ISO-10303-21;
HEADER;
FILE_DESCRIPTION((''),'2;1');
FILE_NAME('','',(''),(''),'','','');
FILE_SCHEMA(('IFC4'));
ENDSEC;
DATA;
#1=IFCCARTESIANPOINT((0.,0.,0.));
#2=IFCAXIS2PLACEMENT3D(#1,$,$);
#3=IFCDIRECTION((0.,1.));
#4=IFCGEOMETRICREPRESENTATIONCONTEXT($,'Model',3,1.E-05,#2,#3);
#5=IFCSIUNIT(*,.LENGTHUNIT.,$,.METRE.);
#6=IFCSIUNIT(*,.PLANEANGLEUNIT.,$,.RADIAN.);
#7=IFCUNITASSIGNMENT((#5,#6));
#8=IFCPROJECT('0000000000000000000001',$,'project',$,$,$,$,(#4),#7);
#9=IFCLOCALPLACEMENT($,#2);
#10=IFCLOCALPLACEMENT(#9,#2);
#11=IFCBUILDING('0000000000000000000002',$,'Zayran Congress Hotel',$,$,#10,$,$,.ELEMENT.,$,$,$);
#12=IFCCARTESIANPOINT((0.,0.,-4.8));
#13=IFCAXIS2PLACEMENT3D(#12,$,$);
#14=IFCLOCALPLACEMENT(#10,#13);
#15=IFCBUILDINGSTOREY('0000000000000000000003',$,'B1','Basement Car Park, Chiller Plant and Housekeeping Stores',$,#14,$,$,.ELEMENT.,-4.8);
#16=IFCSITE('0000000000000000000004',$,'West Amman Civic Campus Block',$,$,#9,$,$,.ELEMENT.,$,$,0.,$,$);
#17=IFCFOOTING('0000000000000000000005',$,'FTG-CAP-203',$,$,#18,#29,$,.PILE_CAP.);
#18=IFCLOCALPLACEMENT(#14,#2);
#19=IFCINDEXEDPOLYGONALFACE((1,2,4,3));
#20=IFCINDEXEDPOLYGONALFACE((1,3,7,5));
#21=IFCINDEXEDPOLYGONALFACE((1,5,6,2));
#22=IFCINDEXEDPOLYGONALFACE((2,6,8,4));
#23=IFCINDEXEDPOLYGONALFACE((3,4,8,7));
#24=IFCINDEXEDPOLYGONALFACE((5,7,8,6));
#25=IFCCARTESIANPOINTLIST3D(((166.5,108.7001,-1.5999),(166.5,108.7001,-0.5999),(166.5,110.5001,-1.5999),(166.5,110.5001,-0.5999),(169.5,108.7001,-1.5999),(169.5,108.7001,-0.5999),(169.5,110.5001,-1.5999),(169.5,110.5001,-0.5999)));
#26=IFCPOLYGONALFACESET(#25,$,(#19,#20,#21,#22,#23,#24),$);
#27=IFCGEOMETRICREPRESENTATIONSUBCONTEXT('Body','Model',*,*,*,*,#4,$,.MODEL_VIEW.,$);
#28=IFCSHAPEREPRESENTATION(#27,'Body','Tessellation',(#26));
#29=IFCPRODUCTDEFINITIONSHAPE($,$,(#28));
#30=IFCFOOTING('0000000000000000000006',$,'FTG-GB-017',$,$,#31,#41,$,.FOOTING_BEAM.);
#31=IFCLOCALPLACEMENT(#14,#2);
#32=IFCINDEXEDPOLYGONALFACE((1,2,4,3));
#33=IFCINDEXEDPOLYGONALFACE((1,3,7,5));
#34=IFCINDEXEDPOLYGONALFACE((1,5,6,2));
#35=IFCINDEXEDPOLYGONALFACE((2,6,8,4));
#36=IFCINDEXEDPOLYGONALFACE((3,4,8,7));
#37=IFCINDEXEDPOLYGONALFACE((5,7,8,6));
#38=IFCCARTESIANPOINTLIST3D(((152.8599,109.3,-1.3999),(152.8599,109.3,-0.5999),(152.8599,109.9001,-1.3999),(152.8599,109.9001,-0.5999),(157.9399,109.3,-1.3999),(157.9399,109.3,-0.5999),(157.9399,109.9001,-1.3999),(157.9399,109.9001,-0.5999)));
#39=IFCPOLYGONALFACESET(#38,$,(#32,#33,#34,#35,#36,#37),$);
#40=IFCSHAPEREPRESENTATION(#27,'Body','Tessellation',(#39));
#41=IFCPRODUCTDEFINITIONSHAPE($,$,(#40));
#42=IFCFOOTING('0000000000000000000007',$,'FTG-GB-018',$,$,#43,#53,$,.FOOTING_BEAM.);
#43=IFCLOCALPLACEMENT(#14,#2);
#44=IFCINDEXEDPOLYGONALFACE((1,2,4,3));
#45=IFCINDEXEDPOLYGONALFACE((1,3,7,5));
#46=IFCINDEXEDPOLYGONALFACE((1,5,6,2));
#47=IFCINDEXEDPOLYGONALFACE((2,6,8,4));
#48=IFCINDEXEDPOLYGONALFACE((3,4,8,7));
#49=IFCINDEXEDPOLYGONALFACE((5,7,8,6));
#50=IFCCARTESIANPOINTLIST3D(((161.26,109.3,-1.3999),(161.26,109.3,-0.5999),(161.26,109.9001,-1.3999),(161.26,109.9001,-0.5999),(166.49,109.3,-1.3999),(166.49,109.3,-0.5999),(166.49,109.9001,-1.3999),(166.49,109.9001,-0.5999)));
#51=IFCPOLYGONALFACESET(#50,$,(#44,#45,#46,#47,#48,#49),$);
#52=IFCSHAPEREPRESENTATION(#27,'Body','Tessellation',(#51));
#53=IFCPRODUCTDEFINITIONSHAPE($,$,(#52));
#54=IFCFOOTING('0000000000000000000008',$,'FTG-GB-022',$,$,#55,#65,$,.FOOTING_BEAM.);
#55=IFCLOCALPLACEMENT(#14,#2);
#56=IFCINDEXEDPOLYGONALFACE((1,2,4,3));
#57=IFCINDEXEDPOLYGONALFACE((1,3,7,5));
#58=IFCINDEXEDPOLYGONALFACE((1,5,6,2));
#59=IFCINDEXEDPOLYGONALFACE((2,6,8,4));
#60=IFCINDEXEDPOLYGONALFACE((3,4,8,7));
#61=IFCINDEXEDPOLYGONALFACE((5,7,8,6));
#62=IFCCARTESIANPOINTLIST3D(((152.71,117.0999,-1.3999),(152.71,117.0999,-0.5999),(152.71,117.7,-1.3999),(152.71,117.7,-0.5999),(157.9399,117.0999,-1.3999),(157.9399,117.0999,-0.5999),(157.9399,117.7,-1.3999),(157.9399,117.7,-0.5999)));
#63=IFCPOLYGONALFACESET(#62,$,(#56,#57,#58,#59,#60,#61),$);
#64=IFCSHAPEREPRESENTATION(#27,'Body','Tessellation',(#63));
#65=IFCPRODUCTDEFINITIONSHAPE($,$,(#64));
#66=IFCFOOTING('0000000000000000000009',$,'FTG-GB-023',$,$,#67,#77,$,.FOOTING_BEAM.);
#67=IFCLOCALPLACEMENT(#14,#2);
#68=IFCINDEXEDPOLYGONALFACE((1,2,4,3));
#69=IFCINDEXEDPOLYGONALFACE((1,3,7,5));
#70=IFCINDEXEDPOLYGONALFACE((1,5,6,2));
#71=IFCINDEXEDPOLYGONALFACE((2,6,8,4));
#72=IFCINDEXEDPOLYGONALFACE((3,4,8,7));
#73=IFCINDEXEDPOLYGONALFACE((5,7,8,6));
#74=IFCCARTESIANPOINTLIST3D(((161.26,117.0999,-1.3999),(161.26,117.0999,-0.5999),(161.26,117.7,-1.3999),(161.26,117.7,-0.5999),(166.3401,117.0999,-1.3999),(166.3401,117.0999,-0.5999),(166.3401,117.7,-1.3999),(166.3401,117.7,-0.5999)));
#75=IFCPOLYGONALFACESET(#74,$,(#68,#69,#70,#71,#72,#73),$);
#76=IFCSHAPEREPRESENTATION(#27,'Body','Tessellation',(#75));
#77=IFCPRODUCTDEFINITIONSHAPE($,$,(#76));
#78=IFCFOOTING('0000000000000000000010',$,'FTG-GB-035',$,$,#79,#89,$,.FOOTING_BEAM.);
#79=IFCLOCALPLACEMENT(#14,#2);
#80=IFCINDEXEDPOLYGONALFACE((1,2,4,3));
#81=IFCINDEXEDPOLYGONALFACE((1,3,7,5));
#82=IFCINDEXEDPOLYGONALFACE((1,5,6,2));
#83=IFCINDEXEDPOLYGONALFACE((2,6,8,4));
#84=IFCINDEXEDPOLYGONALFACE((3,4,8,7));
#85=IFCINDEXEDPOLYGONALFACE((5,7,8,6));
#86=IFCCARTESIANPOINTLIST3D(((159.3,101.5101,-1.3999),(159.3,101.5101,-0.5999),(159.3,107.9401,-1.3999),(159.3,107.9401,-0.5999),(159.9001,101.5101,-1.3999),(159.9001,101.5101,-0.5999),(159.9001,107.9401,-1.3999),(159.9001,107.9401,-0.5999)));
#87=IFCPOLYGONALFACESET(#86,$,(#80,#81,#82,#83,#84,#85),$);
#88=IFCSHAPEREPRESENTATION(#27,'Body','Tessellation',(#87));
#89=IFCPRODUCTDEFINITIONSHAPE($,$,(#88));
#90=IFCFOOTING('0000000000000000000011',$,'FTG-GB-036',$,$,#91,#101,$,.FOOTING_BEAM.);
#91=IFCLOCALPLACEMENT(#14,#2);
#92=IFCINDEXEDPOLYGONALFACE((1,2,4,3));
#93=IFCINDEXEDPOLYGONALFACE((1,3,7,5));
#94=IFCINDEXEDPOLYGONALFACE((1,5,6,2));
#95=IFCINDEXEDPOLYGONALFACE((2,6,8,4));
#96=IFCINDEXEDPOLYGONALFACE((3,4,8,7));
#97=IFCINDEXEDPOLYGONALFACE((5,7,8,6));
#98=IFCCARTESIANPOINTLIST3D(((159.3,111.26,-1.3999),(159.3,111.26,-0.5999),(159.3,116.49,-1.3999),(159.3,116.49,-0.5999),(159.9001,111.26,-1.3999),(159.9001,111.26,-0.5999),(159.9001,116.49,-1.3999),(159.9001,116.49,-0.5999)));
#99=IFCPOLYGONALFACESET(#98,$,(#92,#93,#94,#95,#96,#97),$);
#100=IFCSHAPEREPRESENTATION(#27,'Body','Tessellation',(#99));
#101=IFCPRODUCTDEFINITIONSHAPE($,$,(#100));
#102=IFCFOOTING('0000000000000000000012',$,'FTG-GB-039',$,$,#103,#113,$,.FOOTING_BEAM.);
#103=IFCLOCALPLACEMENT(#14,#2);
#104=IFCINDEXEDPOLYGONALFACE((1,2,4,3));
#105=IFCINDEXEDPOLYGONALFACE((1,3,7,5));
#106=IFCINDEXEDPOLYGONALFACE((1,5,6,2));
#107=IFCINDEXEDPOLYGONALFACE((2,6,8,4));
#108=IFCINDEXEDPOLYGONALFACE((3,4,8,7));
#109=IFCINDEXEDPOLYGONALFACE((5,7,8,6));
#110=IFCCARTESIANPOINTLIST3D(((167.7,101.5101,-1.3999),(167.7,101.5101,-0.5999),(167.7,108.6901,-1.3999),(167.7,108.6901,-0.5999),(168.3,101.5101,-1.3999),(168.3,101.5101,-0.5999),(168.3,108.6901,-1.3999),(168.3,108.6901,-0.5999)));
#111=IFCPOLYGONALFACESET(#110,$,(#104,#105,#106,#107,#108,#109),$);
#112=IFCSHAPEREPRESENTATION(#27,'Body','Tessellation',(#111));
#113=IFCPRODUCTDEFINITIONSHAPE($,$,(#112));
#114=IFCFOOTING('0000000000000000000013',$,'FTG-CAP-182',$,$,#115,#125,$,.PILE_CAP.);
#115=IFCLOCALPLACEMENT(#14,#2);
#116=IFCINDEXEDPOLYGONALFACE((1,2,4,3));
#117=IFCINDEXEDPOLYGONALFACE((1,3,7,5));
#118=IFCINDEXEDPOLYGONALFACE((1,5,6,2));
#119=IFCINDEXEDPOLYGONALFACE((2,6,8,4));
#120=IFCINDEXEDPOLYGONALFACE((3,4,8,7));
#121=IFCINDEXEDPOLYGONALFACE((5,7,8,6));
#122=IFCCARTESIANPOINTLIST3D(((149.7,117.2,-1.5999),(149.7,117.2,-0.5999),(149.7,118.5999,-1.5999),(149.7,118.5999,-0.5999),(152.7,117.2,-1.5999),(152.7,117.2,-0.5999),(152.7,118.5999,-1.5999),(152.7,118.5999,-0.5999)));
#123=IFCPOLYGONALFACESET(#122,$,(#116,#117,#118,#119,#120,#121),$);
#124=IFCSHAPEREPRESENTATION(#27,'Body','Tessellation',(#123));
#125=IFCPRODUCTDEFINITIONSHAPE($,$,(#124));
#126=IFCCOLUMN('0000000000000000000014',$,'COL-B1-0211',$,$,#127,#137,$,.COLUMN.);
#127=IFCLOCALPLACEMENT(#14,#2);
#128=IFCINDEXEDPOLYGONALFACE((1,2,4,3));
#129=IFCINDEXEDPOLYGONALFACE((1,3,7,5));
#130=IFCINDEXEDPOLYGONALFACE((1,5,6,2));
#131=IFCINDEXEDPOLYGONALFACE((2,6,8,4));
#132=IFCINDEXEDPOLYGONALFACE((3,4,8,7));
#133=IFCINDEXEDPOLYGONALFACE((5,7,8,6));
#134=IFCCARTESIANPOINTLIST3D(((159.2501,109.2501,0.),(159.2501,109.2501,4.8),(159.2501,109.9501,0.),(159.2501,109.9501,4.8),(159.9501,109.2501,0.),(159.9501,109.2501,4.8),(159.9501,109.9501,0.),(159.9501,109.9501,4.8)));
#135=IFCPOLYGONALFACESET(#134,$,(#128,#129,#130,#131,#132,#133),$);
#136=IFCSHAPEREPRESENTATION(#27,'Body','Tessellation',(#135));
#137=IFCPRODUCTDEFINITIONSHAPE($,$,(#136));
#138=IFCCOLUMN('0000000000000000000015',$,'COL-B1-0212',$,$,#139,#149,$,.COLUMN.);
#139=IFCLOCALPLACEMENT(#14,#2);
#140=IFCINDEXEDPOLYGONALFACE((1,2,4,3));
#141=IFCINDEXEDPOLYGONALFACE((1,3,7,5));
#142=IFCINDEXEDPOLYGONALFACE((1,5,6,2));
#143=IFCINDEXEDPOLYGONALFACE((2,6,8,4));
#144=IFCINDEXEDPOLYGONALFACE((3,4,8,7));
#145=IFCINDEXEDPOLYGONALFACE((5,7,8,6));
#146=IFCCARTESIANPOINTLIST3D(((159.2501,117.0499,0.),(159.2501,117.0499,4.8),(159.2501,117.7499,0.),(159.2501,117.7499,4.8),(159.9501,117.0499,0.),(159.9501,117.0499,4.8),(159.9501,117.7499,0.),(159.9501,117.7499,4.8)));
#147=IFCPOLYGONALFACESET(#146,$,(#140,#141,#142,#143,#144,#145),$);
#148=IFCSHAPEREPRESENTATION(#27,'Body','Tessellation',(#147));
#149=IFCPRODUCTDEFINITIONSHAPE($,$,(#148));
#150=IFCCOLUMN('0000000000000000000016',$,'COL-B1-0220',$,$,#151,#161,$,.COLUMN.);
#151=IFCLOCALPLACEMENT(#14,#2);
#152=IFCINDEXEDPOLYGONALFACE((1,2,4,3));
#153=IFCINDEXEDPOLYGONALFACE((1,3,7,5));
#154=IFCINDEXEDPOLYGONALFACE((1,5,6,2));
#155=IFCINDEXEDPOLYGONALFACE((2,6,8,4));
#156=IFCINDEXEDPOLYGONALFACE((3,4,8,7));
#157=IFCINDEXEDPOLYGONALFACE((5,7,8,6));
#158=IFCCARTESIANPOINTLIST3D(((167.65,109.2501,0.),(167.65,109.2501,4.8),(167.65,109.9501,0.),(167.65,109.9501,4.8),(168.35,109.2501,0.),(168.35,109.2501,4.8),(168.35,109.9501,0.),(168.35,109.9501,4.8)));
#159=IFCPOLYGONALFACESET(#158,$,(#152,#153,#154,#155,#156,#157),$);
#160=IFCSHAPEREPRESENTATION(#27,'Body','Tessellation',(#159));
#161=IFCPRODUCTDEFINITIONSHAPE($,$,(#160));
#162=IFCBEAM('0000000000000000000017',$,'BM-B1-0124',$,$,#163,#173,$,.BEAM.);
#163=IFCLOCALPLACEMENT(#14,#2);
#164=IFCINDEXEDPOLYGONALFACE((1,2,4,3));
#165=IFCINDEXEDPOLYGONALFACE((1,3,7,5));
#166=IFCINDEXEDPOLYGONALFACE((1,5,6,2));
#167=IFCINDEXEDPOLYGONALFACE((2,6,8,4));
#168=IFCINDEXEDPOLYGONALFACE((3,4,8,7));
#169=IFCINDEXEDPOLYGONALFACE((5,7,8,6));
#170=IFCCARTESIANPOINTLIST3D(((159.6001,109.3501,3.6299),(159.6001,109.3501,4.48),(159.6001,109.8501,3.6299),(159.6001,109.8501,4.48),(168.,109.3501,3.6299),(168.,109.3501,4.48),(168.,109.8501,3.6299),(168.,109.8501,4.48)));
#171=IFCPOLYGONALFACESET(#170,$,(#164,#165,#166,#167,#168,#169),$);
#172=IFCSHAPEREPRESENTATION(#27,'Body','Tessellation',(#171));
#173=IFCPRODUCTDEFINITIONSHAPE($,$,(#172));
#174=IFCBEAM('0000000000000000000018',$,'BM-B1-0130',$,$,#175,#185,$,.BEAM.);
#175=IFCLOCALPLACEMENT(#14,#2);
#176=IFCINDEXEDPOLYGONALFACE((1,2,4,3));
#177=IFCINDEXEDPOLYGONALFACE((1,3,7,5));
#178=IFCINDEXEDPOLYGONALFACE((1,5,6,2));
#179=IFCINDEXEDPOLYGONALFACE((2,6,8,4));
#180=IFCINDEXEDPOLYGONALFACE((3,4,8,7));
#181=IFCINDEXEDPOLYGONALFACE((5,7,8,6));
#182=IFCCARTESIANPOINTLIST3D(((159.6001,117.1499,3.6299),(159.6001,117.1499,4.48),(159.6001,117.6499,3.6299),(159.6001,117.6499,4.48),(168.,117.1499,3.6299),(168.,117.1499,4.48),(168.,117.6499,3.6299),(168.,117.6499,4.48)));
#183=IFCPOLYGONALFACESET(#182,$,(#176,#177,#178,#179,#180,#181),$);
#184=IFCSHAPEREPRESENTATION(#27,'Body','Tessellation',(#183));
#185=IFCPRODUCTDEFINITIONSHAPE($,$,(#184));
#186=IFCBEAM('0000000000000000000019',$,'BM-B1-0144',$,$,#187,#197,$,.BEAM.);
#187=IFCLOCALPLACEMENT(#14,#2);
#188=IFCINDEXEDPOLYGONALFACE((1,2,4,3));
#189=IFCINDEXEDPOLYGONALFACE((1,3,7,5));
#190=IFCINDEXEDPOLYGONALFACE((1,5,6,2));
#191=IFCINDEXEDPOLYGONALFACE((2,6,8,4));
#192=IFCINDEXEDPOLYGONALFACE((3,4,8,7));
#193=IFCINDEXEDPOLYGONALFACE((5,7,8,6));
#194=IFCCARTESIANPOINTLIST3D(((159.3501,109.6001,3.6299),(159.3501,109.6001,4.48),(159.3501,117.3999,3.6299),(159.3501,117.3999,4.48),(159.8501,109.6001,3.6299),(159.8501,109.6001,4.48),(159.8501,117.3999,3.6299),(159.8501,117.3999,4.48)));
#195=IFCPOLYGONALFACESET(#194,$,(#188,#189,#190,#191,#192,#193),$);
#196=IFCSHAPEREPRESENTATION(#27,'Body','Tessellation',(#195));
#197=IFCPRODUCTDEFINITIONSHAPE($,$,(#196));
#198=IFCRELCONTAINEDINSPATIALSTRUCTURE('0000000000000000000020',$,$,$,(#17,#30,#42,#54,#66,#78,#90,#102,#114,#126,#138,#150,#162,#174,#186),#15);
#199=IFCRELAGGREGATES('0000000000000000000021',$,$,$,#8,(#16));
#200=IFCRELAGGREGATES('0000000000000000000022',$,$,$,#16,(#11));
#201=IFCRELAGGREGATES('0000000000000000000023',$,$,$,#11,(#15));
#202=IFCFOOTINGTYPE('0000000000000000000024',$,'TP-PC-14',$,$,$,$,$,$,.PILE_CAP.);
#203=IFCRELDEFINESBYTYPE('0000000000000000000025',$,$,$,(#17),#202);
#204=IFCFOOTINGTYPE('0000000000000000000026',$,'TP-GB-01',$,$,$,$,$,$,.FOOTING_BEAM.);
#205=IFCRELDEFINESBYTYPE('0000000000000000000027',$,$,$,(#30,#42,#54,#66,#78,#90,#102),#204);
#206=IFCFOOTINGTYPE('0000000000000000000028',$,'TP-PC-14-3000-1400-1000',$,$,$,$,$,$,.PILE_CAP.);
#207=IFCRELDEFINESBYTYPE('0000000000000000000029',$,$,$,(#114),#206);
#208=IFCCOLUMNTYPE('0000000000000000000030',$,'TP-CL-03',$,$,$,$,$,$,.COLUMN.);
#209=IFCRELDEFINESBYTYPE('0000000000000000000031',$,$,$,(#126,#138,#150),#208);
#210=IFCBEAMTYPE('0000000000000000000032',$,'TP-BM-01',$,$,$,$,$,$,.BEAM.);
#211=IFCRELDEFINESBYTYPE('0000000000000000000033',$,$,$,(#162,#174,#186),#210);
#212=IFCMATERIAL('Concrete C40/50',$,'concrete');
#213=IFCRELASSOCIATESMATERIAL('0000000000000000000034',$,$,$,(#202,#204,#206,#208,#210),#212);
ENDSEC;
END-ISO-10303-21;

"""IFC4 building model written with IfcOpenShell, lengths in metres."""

from ifc_helpers import new_model, si_unit, direction, frame, origin, origin_2d, place, context, subcontext, project, spatial, rectangle, extrude, material, material_profile, profile_set, type_object, element, save


model = new_model("IFC4")

# Units and contexts
model_context = context("Model", 3, precision=1e-05, world=origin(), true_north=direction((0.0, 1.0)))
body_context = subcontext(model_context, "Body", "Model", "MODEL_VIEW")
ifc_project = project(units=[si_unit("LENGTHUNIT", "METRE"), si_unit("PLANEANGLEUNIT", "RADIAN")], contexts=[model_context])

# Site, building, storey
site_placement = place(None, origin())
site = spatial("IfcSite", under=ifc_project, at=site_placement, Name="West Amman Civic Campus Block", CompositionType="ELEMENT", RefElevation=0.0)
building_placement = place(site_placement, origin())
building = spatial("IfcBuilding", under=site, at=building_placement, Name="Zayran Congress Hotel", CompositionType="ELEMENT")
storey_placement = place(building_placement, frame((0.0, 0.0, -4.8)))
storey = spatial("IfcBuildingStorey", under=building, at=storey_placement, Name="B1", Description="Basement Car Park, Chiller Plant and Housekeeping Stores", CompositionType="ELEMENT", Elevation=-4.8)

# Shared definitions
ifc_material_1 = material(Name="Concrete C40/50", Category="concrete")

# Footings
footing_type_1 = type_object("IfcFootingType", Name="TP-PC-14", PredefinedType="PILE_CAP", material=ifc_material_1)
footing_1_placement = place(storey_placement, frame((168.0, 109.6001, -1.5999), z_axis=(0.0, 0.0, 1.0), x_axis=(1.0, 0.0, 0.0)))
element("IfcFooting", 1, at=footing_1_placement, inside=storey, type_object=footing_type_1, Name="FTG-CAP-203", PredefinedType="PILE_CAP", context=body_context, shape_type="SweptSolid", body=[
    extrude(rectangle(XDim=3.0, YDim=1.8, at=origin_2d()), origin(), (0.0, 0.0, 1.0), 1.0),
])
footing_type_2 = type_object("IfcFootingType", Name="TP-GB-01", PredefinedType="FOOTING_BEAM", material=ifc_material_1)
footing_2_placement = place(storey_placement, frame((155.3999, 109.6001, -1.3999), z_axis=(0.0, 0.0, 1.0), x_axis=(1.0, 0.0, 0.0)))
element("IfcFooting", 2, at=footing_2_placement, inside=storey, type_object=footing_type_2, Name="FTG-GB-017", PredefinedType="FOOTING_BEAM", context=body_context, shape_type="SweptSolid", body=[
    extrude(rectangle(XDim=5.0801, YDim=0.6001, at=origin_2d()), origin(), (0.0, 0.0, 1.0), 0.8),
])
for number, where, z_axis, x_axis, name in (
    (3, (163.875, 109.6001, -1.3999), (0.0, 0.0, 1.0), (1.0, 0.0, 0.0), "FTG-GB-018"),
    (4, (155.325, 117.3999, -1.3999), (0.0, 0.0, 1.0), (1.0, 0.0, 0.0), "FTG-GB-022"),
):
    element("IfcFooting", number, at=place(storey_placement, frame(where, z_axis=z_axis, x_axis=x_axis)), inside=storey, type_object=footing_type_2, Name=name, PredefinedType="FOOTING_BEAM", context=body_context, shape_type="SweptSolid", body=[
        extrude(rectangle(XDim=5.23, YDim=0.6001, at=origin_2d()), origin(), (0.0, 0.0, 1.0), 0.8),
    ])
footing_3_placement = place(storey_placement, frame((163.8, 117.3999, -1.3999), z_axis=(0.0, 0.0, 1.0), x_axis=(1.0, 0.0, 0.0)))
element("IfcFooting", 5, at=footing_3_placement, inside=storey, type_object=footing_type_2, Name="FTG-GB-023", PredefinedType="FOOTING_BEAM", context=body_context, shape_type="SweptSolid", body=[
    extrude(rectangle(XDim=5.0801, YDim=0.6001, at=origin_2d()), origin(), (0.0, 0.0, 1.0), 0.8),
])
footing_4_placement = place(storey_placement, frame((159.6001, 104.7251, -1.3999), z_axis=(0.0, 0.0, 1.0), x_axis=(0.0, 1.0, 0.0)))
element("IfcFooting", 6, at=footing_4_placement, inside=storey, type_object=footing_type_2, Name="FTG-GB-035", PredefinedType="FOOTING_BEAM", context=body_context, shape_type="SweptSolid", body=[
    extrude(rectangle(XDim=6.4299, YDim=0.6001, at=origin_2d()), origin(), (0.0, 0.0, 1.0), 0.8),
])
footing_5_placement = place(storey_placement, frame((159.6001, 113.875, -1.3999), z_axis=(0.0, 0.0, 1.0), x_axis=(0.0, 1.0, 0.0)))
element("IfcFooting", 7, at=footing_5_placement, inside=storey, type_object=footing_type_2, Name="FTG-GB-036", PredefinedType="FOOTING_BEAM", context=body_context, shape_type="SweptSolid", body=[
    extrude(rectangle(XDim=5.23, YDim=0.6001, at=origin_2d()), origin(), (0.0, 0.0, 1.0), 0.8),
])
footing_6_placement = place(storey_placement, frame((168.0, 105.1001, -1.3999), z_axis=(0.0, 0.0, 1.0), x_axis=(0.0, 1.0, 0.0)))
element("IfcFooting", 8, at=footing_6_placement, inside=storey, type_object=footing_type_2, Name="FTG-GB-039", PredefinedType="FOOTING_BEAM", context=body_context, shape_type="SweptSolid", body=[
    extrude(rectangle(XDim=7.1799, YDim=0.6001, at=origin_2d()), origin(), (0.0, 0.0, 1.0), 0.8),
])
footing_type_3 = type_object("IfcFootingType", Name="TP-PC-14-3000-1400-1000", PredefinedType="PILE_CAP", material=ifc_material_1)
footing_7_placement = place(storey_placement, frame((151.2, 117.8999, -1.5999), z_axis=(0.0, 0.0, 1.0), x_axis=(1.0, 0.0, 0.0)))
element("IfcFooting", 9, at=footing_7_placement, inside=storey, type_object=footing_type_3, Name="FTG-CAP-182", PredefinedType="PILE_CAP", context=body_context, shape_type="SweptSolid", body=[
    extrude(rectangle(XDim=3.0, YDim=1.3999, at=origin_2d()), origin(), (0.0, 0.0, 1.0), 1.0),
])

# Columns
ifc_material_profile_1 = material_profile(ifc_material_1, rectangle(XDim=0.7, YDim=0.7, at=origin_2d()), Name="RC 700x700")
ifc_profile_set_1 = profile_set([ifc_material_profile_1], Name="Concrete C40/50")
column_type = type_object("IfcColumnType", Name="TP-CL-03", PredefinedType="COLUMN", material=ifc_profile_set_1)
for number, where, z_axis, x_axis, name in (
    (10, (159.6001, 109.6001, 0.0), (0.0, 0.0, 1.0), (1.0, 0.0, 0.0), "COL-B1-0211"),
    (11, (159.6001, 117.3999, 0.0), (0.0, 0.0, 1.0), (1.0, 0.0, 0.0), "COL-B1-0212"),
    (12, (168.0, 109.6001, 0.0), (0.0, 0.0, 1.0), (1.0, 0.0, 0.0), "COL-B1-0220"),
):
    element("IfcColumn", number, at=place(storey_placement, frame(where, z_axis=z_axis, x_axis=x_axis)), inside=storey, type_object=column_type, Name=name, PredefinedType="COLUMN", context=body_context, shape_type="SweptSolid", body=[
        extrude(rectangle(XDim=0.7, YDim=0.7, at=origin_2d()), origin(), (0.0, 0.0, 1.0), 4.8),
    ])

# Beams
ifc_material_profile_2 = material_profile(ifc_material_1, rectangle(XDim=0.5, YDim=0.8501, at=origin_2d()), Name="RC 500x850")
ifc_profile_set_2 = profile_set([ifc_material_profile_2], Name="Concrete C40/50")
beam_type = type_object("IfcBeamType", Name="TP-BM-01", PredefinedType="BEAM", material=ifc_profile_set_2)
for number, where, z_axis, x_axis, name in (
    (13, (159.6001, 109.6001, 4.0549), (1.0, 0.0, 0.0), (0.0, 1.0, 0.0), "BM-B1-0124"),
    (14, (159.6001, 117.3999, 4.0549), (1.0, 0.0, 0.0), (0.0, 1.0, 0.0), "BM-B1-0130"),
):
    element("IfcBeam", number, at=place(storey_placement, frame(where, z_axis=z_axis, x_axis=x_axis)), inside=storey, type_object=beam_type, Name=name, PredefinedType="BEAM", context=body_context, shape_type="SweptSolid", body=[
        extrude(rectangle(XDim=0.5, YDim=0.8501, at=origin_2d()), origin(), (0.0, 0.0, 1.0), 8.3999),
    ])
beam_placement = place(storey_placement, frame((159.6001, 109.6001, 4.0549), z_axis=(0.0, 1.0, 0.0), x_axis=(-1.0, 0.0, 0.0)))
element("IfcBeam", 15, at=beam_placement, inside=storey, type_object=beam_type, Name="BM-B1-0144", PredefinedType="BEAM", context=body_context, shape_type="SweptSolid", body=[
    extrude(rectangle(XDim=0.5, YDim=0.8501, at=origin_2d()), origin(), (0.0, 0.0, 1.0), 7.7998),
])

save(model, "model.ifc")
